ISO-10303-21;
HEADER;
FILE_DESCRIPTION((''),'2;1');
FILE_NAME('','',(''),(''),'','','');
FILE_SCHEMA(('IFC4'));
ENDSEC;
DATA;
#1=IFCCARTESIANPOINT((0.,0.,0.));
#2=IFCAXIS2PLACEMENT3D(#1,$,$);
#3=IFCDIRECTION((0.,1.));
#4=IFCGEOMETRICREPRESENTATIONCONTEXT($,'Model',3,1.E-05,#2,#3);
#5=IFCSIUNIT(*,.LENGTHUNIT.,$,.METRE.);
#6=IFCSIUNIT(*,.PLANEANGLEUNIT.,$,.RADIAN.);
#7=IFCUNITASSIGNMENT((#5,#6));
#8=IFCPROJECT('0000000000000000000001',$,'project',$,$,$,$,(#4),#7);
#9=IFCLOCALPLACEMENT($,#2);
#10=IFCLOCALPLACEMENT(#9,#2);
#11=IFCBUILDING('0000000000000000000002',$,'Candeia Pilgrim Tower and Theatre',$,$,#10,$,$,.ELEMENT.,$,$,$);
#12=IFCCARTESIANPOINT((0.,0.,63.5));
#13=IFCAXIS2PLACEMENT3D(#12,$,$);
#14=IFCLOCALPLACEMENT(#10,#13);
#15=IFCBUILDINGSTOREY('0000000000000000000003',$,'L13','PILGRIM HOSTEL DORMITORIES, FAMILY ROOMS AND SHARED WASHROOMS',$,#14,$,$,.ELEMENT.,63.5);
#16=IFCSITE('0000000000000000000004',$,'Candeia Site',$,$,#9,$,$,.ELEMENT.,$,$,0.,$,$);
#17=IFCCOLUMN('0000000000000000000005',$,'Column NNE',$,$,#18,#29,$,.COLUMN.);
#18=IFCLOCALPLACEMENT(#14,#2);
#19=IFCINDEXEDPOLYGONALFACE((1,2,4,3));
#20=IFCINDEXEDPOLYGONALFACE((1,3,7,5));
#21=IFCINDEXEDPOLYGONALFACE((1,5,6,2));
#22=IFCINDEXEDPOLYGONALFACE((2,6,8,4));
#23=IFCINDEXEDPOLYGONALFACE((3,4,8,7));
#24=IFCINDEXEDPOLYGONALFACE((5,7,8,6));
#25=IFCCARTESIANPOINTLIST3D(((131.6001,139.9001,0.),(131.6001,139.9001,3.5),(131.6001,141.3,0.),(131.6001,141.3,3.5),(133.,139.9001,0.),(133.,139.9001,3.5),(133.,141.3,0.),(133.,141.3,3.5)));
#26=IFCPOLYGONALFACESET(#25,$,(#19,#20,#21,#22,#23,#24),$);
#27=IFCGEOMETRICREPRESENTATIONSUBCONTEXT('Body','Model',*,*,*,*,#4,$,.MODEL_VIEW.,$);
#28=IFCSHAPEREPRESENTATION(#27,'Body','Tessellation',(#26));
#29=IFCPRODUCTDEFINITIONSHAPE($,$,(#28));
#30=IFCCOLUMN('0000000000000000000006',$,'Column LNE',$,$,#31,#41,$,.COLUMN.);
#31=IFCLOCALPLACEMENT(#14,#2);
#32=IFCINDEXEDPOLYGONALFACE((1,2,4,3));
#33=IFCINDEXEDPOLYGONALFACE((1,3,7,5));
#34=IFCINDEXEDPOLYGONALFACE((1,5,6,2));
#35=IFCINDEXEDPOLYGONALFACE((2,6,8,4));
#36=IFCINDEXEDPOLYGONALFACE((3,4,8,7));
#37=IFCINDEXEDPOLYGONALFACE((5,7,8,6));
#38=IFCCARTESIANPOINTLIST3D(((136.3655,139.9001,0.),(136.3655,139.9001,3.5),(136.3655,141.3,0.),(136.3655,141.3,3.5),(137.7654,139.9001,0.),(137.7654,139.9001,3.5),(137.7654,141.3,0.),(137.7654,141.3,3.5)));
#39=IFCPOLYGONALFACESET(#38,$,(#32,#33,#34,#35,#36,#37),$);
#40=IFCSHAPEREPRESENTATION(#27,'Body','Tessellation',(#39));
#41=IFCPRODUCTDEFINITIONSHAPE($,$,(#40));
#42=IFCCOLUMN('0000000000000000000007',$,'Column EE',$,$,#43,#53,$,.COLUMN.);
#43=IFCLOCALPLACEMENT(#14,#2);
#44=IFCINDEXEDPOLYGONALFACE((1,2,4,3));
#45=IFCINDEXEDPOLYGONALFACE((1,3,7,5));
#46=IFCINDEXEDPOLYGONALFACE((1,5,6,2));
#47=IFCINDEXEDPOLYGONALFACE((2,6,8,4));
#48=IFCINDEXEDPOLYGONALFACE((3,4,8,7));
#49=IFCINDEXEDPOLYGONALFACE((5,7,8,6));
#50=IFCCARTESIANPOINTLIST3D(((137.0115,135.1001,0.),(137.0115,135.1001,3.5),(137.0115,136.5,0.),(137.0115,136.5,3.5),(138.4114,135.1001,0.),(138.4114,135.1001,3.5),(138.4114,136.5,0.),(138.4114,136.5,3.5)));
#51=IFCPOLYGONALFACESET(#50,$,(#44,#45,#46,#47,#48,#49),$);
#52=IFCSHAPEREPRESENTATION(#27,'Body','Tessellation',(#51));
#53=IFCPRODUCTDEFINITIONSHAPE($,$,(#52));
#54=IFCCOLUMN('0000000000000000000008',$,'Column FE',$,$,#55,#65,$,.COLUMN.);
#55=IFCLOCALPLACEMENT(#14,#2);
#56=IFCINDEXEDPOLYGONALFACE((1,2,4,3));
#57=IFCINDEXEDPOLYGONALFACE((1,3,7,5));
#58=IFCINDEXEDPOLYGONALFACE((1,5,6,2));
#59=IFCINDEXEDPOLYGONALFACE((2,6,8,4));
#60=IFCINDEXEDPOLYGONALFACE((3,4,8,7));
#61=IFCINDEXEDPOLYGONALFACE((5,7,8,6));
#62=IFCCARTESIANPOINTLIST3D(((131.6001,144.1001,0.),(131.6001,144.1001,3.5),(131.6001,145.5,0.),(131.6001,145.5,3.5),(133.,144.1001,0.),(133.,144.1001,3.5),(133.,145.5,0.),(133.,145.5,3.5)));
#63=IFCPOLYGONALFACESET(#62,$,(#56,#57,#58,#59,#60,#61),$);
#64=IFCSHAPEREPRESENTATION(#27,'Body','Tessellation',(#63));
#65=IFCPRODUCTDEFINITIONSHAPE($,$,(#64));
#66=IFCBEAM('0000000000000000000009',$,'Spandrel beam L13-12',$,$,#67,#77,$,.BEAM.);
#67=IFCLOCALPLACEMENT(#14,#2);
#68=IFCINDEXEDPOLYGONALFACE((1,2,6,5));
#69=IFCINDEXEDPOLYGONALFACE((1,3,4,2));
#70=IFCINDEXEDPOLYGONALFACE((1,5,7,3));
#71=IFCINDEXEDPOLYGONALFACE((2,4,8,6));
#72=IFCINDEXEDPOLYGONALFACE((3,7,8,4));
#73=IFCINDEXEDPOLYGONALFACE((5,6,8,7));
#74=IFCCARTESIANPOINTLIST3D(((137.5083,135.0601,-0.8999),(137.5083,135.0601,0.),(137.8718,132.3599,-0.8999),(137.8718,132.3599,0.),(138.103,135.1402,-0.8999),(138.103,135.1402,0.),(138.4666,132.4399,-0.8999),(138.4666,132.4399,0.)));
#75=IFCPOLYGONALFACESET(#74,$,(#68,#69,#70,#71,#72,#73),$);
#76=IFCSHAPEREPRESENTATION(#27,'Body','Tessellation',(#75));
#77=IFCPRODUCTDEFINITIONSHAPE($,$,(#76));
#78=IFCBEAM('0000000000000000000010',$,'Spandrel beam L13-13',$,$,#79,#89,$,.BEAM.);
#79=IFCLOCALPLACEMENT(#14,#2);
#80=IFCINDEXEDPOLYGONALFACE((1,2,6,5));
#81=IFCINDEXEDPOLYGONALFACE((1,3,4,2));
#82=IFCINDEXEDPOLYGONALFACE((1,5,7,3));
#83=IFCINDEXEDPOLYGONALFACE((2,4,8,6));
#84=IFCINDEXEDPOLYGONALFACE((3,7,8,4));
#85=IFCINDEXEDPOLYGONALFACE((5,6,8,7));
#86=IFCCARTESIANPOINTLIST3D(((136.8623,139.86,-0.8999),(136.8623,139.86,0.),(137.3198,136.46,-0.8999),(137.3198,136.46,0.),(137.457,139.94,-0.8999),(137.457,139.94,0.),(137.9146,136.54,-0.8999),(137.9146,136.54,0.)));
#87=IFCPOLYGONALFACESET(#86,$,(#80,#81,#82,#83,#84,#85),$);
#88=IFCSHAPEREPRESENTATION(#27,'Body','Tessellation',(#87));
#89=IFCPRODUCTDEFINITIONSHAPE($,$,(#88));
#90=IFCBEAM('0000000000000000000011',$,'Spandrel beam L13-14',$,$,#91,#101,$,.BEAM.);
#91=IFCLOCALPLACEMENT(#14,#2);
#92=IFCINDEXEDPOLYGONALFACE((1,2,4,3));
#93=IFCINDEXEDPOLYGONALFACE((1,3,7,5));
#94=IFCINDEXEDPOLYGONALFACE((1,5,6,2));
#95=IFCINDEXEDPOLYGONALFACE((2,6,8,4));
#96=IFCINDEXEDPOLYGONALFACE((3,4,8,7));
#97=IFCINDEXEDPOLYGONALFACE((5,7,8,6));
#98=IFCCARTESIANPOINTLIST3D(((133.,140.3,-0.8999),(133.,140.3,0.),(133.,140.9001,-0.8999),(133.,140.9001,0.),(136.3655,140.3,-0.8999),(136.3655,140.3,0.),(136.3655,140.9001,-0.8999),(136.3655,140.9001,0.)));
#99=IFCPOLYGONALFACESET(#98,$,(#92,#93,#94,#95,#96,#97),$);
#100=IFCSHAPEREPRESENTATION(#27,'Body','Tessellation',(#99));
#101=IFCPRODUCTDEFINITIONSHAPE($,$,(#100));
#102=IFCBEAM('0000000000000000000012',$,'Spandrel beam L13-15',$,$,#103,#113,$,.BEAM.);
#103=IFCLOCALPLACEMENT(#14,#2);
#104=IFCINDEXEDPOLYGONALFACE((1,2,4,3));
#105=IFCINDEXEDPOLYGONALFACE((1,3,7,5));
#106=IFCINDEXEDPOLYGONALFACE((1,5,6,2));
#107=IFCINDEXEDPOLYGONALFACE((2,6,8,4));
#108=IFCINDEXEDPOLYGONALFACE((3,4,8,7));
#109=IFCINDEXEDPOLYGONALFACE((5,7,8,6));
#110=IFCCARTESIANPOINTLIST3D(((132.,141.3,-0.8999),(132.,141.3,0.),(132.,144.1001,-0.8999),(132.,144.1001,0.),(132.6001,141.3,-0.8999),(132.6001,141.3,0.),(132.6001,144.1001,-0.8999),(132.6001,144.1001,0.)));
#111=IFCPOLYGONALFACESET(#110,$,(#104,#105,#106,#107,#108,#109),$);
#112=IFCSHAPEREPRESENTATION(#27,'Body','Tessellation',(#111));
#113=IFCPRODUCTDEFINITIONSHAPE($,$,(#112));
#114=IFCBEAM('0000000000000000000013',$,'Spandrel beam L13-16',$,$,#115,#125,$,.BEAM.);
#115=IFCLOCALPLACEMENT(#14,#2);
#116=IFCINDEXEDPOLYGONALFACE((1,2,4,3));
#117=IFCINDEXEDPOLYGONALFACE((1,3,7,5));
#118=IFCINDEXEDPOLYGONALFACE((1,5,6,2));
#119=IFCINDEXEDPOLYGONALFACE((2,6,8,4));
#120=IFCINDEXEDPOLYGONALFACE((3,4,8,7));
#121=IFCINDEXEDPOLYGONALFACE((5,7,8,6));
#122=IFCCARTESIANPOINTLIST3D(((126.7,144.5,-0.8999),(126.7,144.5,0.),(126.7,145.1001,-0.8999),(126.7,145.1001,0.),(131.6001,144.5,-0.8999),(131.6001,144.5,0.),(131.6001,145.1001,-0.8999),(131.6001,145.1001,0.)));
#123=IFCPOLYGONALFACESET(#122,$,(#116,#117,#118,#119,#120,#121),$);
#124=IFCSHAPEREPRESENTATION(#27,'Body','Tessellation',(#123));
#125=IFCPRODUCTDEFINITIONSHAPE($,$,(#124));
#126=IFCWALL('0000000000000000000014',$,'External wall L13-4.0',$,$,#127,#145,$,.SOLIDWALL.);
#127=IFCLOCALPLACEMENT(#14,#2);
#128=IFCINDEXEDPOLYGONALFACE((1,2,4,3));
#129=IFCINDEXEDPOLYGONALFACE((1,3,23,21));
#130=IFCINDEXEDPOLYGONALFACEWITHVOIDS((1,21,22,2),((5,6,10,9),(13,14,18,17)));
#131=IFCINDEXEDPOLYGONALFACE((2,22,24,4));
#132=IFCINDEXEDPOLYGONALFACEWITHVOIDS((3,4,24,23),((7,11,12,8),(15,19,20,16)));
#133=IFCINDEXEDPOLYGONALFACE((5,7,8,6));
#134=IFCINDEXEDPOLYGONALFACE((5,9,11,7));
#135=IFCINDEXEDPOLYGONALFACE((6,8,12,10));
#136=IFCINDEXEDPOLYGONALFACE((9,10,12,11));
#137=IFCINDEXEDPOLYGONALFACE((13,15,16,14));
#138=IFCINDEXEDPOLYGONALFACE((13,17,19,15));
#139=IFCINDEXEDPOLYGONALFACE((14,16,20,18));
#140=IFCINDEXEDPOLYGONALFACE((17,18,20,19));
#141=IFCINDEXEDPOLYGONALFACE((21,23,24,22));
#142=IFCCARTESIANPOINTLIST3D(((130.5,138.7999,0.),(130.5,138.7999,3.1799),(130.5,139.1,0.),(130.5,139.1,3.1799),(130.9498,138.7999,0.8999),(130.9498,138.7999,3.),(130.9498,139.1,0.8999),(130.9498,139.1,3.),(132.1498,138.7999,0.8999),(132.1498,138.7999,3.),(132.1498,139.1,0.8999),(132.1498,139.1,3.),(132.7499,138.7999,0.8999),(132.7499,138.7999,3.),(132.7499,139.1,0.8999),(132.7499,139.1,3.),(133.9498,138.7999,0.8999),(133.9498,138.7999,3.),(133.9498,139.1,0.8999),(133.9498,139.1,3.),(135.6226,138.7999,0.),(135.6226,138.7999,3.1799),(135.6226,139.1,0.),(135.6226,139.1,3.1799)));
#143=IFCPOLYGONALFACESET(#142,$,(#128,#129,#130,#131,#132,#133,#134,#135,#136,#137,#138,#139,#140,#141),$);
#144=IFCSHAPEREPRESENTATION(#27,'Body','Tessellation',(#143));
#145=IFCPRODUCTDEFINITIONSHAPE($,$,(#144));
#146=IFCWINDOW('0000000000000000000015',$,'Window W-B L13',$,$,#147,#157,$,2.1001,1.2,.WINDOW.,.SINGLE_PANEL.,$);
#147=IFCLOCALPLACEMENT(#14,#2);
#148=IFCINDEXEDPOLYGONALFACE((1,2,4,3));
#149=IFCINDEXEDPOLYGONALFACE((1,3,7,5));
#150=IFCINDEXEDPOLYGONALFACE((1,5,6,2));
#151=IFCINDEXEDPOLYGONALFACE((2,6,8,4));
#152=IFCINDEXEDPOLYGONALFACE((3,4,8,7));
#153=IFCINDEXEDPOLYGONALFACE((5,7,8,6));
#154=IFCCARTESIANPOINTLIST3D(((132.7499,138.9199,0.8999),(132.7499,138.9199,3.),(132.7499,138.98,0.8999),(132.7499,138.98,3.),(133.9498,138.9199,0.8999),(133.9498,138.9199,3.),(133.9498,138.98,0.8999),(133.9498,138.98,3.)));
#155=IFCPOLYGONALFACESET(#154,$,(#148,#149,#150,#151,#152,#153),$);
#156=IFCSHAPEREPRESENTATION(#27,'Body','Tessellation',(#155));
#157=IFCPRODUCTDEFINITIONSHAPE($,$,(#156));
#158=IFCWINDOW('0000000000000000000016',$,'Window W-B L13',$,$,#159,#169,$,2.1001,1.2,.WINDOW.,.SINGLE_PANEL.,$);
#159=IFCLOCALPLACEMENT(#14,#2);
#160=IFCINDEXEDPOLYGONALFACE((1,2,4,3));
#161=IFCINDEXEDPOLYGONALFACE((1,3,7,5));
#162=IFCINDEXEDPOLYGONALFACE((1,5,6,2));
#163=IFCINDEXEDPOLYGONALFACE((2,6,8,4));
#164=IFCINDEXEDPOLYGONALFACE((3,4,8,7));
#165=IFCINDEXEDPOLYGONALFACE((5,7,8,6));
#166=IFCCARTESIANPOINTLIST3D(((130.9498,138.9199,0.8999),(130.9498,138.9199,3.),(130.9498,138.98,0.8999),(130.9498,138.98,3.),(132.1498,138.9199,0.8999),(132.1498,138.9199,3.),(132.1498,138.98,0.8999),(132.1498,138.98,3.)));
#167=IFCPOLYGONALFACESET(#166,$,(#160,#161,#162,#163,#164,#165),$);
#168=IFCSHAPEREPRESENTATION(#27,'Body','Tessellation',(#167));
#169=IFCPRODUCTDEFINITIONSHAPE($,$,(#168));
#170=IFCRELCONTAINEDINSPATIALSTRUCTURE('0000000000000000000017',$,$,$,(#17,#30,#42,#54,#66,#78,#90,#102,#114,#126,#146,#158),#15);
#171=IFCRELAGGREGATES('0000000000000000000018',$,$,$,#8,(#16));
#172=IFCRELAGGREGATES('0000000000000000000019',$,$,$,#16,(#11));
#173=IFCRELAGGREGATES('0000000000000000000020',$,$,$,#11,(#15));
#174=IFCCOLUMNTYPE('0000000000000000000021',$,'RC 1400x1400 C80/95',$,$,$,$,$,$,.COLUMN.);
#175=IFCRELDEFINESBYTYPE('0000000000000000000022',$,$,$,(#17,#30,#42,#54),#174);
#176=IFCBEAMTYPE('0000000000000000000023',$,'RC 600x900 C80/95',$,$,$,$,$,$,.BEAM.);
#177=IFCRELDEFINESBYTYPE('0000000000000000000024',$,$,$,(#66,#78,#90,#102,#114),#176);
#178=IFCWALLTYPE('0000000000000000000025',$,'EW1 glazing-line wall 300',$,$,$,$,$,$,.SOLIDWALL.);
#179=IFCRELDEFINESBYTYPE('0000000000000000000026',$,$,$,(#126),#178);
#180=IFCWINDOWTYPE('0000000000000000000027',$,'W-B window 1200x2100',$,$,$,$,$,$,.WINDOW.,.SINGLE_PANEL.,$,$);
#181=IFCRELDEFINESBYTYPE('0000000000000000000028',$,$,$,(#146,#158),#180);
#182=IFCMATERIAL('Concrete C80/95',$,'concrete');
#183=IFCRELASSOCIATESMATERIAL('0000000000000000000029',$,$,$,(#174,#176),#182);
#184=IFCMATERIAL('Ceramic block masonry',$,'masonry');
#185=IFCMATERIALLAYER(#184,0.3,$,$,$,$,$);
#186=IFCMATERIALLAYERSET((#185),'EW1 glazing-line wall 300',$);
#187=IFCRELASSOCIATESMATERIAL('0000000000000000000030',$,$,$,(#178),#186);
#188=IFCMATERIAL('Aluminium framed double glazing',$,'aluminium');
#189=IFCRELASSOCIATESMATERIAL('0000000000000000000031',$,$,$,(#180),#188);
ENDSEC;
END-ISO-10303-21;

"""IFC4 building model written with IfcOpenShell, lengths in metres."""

from ifc_helpers import new_model, si_unit, direction, frame, frame_2d, origin, origin_2d, place, context, subcontext, project, spatial, rectangle, extrude, material, layer, layer_set, material_profile, profile_set, type_object, element, fill, save


model = new_model("IFC4")

# Units and contexts
model_context = context("Model", 3, precision=1e-05, world=origin(), true_north=direction((0.0, 1.0)))
body_context = subcontext(model_context, "Body", "Model", "MODEL_VIEW")
ifc_project = project(units=[si_unit("LENGTHUNIT", "METRE"), si_unit("PLANEANGLEUNIT", "RADIAN")], contexts=[model_context])

# Site, building, storey
site_placement = place(None, origin())
site = spatial("IfcSite", under=ifc_project, at=site_placement, Name="Candeia Site", CompositionType="ELEMENT", RefElevation=0.0)
building_placement = place(site_placement, origin())
building = spatial("IfcBuilding", under=site, at=building_placement, Name="Candeia Pilgrim Tower and Theatre", CompositionType="ELEMENT")
storey_placement = place(building_placement, frame((0.0, 0.0, 63.5)))
storey = spatial("IfcBuildingStorey", under=building, at=storey_placement, Name="L13", Description="PILGRIM HOSTEL DORMITORIES, FAMILY ROOMS AND SHARED WASHROOMS", CompositionType="ELEMENT", Elevation=63.5)

# Columns
ifc_material_1 = material(Name="Concrete C80/95", Category="concrete")
ifc_material_profile_1 = material_profile(ifc_material_1, rectangle(XDim=1.3999, YDim=1.3999, at=origin_2d()))
ifc_profile_set_1 = profile_set([ifc_material_profile_1], Name="Concrete C80/95")
column_type = type_object("IfcColumnType", Name="RC 1400x1400 C80/95", PredefinedType="COLUMN", material=ifc_profile_set_1)
for number, where, z_axis, x_axis, name in (
    (1, (132.3, 140.6001, 0.0), (0.0, 0.0, 1.0), (1.0, 0.0, 0.0), "Column NNE"),
    (2, (137.0654, 140.6001, 0.0), (0.0, 0.0, 1.0), (1.0, 0.0, 0.0), "Column LNE"),
    (3, (137.7114, 135.8, 0.0), (0.0, 0.0, 1.0), (1.0, 0.0, 0.0), "Column EE"),
    (4, (132.3, 144.8, 0.0), (0.0, 0.0, 1.0), (1.0, 0.0, 0.0), "Column FE"),
):
    element("IfcColumn", number, at=place(storey_placement, frame(where, z_axis=z_axis, x_axis=x_axis)), inside=storey, type_object=column_type, Name=name, PredefinedType="COLUMN", context=body_context, shape_type="SweptSolid", body=[
        extrude(rectangle(XDim=1.3999, YDim=1.3999, at=origin_2d()), origin(), (0.0, 0.0, 1.0), 3.5),
    ])

# Beams
ifc_material_profile_2 = material_profile(ifc_material_1, rectangle(XDim=0.6001, YDim=0.8999, at=origin_2d()))
ifc_profile_set_2 = profile_set([ifc_material_profile_2], Name="Concrete C80/95")
beam_type = type_object("IfcBeamType", Name="RC 600x900 C80/95", PredefinedType="BEAM", material=ifc_profile_set_2)
beam_1_placement = place(storey_placement, frame((138.1692, 132.3999, -0.45), z_axis=(-0.133426, 0.991059, 0.0), x_axis=(-0.991059, -0.133426, 0.0)))
element("IfcBeam", 5, at=beam_1_placement, inside=storey, type_object=beam_type, Name="Spandrel beam L13-12", PredefinedType="BEAM", context=body_context, shape_type="SweptSolid", body=[
    extrude(rectangle(XDim=0.6001, YDim=0.8999, at=origin_2d()), origin(), (0.0, 0.0, 1.0), 2.7246),
])
beam_2_placement = place(storey_placement, frame((137.6172, 136.5, -0.45), z_axis=(-0.133366, 0.991067, 0.0), x_axis=(-0.991067, -0.133366, 0.0)))
element("IfcBeam", 6, at=beam_2_placement, inside=storey, type_object=beam_type, Name="Spandrel beam L13-13", PredefinedType="BEAM", context=body_context, shape_type="SweptSolid", body=[
    extrude(rectangle(XDim=0.6001, YDim=0.8999, at=origin_2d()), origin(), (0.0, 0.0, 1.0), 3.4307),
])
beam_3_placement = place(storey_placement, frame((136.3655, 140.6001, -0.45), z_axis=(-1.0, 0.0, 0.0), x_axis=(0.0, -1.0, 0.0)))
element("IfcBeam", 7, at=beam_3_placement, inside=storey, type_object=beam_type, Name="Spandrel beam L13-14", PredefinedType="BEAM", context=body_context, shape_type="SweptSolid", body=[
    extrude(rectangle(XDim=0.6001, YDim=0.8999, at=origin_2d()), origin(), (0.0, 0.0, 1.0), 3.3655),
])
beam_4_placement = place(storey_placement, frame((132.3, 141.3, -0.45), z_axis=(0.0, 1.0, 0.0), x_axis=(-1.0, 0.0, 0.0)))
element("IfcBeam", 8, at=beam_4_placement, inside=storey, type_object=beam_type, Name="Spandrel beam L13-15", PredefinedType="BEAM", context=body_context, shape_type="SweptSolid", body=[
    extrude(rectangle(XDim=0.6001, YDim=0.8999, at=origin_2d()), origin(), (0.0, 0.0, 1.0), 2.8),
])
beam_5_placement = place(storey_placement, frame((131.6001, 144.8, -0.45), z_axis=(-1.0, 0.0, 0.0), x_axis=(0.0, -1.0, 0.0)))
element("IfcBeam", 9, at=beam_5_placement, inside=storey, type_object=beam_type, Name="Spandrel beam L13-16", PredefinedType="BEAM", context=body_context, shape_type="SweptSolid", body=[
    extrude(rectangle(XDim=0.6001, YDim=0.8999, at=origin_2d()), origin(), (0.0, 0.0, 1.0), 4.9001),
])

# Wall, openings, windows
ifc_material_2 = material(Name="Ceramic block masonry", Category="masonry")
ifc_layer_1 = layer(ifc_material_2, 0.3)
ifc_layer_set_1 = layer_set([ifc_layer_1], Name="EW1 glazing-line wall 300")
wall_type_1 = type_object("IfcWallType", Name="EW1 glazing-line wall 300", PredefinedType="SOLIDWALL", material=ifc_layer_set_1)
wall_1_placement = place(storey_placement, frame((135.6226, 138.95, 0.0), z_axis=(0.0, 0.0, 1.0), x_axis=(-1.0, 0.0, 0.0)))
wall_1 = element("IfcWall", 10, at=wall_1_placement, inside=storey, type_object=wall_type_1, Name="External wall L13-4.0", PredefinedType="SOLIDWALL", context=body_context, shape_type="SweptSolid", body=[
    extrude(rectangle(XDim=5.1226, YDim=0.3, at=frame_2d((2.5613, 0.0))), origin(), (0.0, 0.0, 1.0), 3.1799),
])
opening_1_placement = place(wall_1_placement, frame((1.6726, 0.0, 0.8999)))
opening_1 = element("IfcOpeningElement", 11, at=opening_1_placement, cuts=wall_1, PredefinedType="OPENING", context=body_context, shape_type="SweptSolid", body=[
    extrude(rectangle(XDim=1.2, YDim=2.1001, at=frame_2d((0.6001, 1.05))), frame((0.0, 0.1602, 0.0), z_axis=(0.0, -1.0, 0.0), x_axis=(1.0, 0.0, 0.0)), (0.0, 0.0, 1.0), 0.3201),
])
opening_2_placement = place(wall_1_placement, frame((3.4727, 0.0, 0.8999)))
opening_2 = element("IfcOpeningElement", 12, at=opening_2_placement, cuts=wall_1, PredefinedType="OPENING", context=body_context, shape_type="SweptSolid", body=[
    extrude(rectangle(XDim=1.2, YDim=2.1001, at=frame_2d((0.6001, 1.05))), frame((0.0, 0.1602, 0.0), z_axis=(0.0, -1.0, 0.0), x_axis=(1.0, 0.0, 0.0)), (0.0, 0.0, 1.0), 0.3201),
])
ifc_material_3 = material(Name="Aluminium framed double glazing", Category="aluminium")
window_type_1 = type_object("IfcWindowType", Name="W-B window 1200x2100", PartitioningType="SINGLE_PANEL", PredefinedType="WINDOW", material=ifc_material_3)
window_1_placement = place(opening_1_placement, origin())
window_1 = element("IfcWindow", 13, at=window_1_placement, inside=storey, type_object=window_type_1, Name="Window W-B L13", OverallHeight=2.1001, OverallWidth=1.2, PartitioningType="SINGLE_PANEL", PredefinedType="WINDOW", context=body_context, shape_type="SweptSolid", body=[
    extrude(rectangle(XDim=1.2, YDim=2.1001, at=frame_2d((0.6001, 1.05))), frame((0.0, 0.03, 0.0), z_axis=(0.0, -1.0, 0.0), x_axis=(1.0, 0.0, 0.0)), (0.0, 0.0, 1.0), 0.0601),
])
fill(opening_1, window_1)
window_2_placement = place(opening_2_placement, origin())
window_2 = element("IfcWindow", 14, at=window_2_placement, inside=storey, type_object=window_type_1, Name="Window W-B L13", OverallHeight=2.1001, OverallWidth=1.2, PartitioningType="SINGLE_PANEL", PredefinedType="WINDOW", context=body_context, shape_type="SweptSolid", body=[
    extrude(rectangle(XDim=1.2, YDim=2.1001, at=frame_2d((0.6001, 1.05))), frame((0.0, 0.03, 0.0), z_axis=(0.0, -1.0, 0.0), x_axis=(1.0, 0.0, 0.0)), (0.0, 0.0, 1.0), 0.0601),
])
fill(opening_2, window_2)

save(model, "model.ifc")
